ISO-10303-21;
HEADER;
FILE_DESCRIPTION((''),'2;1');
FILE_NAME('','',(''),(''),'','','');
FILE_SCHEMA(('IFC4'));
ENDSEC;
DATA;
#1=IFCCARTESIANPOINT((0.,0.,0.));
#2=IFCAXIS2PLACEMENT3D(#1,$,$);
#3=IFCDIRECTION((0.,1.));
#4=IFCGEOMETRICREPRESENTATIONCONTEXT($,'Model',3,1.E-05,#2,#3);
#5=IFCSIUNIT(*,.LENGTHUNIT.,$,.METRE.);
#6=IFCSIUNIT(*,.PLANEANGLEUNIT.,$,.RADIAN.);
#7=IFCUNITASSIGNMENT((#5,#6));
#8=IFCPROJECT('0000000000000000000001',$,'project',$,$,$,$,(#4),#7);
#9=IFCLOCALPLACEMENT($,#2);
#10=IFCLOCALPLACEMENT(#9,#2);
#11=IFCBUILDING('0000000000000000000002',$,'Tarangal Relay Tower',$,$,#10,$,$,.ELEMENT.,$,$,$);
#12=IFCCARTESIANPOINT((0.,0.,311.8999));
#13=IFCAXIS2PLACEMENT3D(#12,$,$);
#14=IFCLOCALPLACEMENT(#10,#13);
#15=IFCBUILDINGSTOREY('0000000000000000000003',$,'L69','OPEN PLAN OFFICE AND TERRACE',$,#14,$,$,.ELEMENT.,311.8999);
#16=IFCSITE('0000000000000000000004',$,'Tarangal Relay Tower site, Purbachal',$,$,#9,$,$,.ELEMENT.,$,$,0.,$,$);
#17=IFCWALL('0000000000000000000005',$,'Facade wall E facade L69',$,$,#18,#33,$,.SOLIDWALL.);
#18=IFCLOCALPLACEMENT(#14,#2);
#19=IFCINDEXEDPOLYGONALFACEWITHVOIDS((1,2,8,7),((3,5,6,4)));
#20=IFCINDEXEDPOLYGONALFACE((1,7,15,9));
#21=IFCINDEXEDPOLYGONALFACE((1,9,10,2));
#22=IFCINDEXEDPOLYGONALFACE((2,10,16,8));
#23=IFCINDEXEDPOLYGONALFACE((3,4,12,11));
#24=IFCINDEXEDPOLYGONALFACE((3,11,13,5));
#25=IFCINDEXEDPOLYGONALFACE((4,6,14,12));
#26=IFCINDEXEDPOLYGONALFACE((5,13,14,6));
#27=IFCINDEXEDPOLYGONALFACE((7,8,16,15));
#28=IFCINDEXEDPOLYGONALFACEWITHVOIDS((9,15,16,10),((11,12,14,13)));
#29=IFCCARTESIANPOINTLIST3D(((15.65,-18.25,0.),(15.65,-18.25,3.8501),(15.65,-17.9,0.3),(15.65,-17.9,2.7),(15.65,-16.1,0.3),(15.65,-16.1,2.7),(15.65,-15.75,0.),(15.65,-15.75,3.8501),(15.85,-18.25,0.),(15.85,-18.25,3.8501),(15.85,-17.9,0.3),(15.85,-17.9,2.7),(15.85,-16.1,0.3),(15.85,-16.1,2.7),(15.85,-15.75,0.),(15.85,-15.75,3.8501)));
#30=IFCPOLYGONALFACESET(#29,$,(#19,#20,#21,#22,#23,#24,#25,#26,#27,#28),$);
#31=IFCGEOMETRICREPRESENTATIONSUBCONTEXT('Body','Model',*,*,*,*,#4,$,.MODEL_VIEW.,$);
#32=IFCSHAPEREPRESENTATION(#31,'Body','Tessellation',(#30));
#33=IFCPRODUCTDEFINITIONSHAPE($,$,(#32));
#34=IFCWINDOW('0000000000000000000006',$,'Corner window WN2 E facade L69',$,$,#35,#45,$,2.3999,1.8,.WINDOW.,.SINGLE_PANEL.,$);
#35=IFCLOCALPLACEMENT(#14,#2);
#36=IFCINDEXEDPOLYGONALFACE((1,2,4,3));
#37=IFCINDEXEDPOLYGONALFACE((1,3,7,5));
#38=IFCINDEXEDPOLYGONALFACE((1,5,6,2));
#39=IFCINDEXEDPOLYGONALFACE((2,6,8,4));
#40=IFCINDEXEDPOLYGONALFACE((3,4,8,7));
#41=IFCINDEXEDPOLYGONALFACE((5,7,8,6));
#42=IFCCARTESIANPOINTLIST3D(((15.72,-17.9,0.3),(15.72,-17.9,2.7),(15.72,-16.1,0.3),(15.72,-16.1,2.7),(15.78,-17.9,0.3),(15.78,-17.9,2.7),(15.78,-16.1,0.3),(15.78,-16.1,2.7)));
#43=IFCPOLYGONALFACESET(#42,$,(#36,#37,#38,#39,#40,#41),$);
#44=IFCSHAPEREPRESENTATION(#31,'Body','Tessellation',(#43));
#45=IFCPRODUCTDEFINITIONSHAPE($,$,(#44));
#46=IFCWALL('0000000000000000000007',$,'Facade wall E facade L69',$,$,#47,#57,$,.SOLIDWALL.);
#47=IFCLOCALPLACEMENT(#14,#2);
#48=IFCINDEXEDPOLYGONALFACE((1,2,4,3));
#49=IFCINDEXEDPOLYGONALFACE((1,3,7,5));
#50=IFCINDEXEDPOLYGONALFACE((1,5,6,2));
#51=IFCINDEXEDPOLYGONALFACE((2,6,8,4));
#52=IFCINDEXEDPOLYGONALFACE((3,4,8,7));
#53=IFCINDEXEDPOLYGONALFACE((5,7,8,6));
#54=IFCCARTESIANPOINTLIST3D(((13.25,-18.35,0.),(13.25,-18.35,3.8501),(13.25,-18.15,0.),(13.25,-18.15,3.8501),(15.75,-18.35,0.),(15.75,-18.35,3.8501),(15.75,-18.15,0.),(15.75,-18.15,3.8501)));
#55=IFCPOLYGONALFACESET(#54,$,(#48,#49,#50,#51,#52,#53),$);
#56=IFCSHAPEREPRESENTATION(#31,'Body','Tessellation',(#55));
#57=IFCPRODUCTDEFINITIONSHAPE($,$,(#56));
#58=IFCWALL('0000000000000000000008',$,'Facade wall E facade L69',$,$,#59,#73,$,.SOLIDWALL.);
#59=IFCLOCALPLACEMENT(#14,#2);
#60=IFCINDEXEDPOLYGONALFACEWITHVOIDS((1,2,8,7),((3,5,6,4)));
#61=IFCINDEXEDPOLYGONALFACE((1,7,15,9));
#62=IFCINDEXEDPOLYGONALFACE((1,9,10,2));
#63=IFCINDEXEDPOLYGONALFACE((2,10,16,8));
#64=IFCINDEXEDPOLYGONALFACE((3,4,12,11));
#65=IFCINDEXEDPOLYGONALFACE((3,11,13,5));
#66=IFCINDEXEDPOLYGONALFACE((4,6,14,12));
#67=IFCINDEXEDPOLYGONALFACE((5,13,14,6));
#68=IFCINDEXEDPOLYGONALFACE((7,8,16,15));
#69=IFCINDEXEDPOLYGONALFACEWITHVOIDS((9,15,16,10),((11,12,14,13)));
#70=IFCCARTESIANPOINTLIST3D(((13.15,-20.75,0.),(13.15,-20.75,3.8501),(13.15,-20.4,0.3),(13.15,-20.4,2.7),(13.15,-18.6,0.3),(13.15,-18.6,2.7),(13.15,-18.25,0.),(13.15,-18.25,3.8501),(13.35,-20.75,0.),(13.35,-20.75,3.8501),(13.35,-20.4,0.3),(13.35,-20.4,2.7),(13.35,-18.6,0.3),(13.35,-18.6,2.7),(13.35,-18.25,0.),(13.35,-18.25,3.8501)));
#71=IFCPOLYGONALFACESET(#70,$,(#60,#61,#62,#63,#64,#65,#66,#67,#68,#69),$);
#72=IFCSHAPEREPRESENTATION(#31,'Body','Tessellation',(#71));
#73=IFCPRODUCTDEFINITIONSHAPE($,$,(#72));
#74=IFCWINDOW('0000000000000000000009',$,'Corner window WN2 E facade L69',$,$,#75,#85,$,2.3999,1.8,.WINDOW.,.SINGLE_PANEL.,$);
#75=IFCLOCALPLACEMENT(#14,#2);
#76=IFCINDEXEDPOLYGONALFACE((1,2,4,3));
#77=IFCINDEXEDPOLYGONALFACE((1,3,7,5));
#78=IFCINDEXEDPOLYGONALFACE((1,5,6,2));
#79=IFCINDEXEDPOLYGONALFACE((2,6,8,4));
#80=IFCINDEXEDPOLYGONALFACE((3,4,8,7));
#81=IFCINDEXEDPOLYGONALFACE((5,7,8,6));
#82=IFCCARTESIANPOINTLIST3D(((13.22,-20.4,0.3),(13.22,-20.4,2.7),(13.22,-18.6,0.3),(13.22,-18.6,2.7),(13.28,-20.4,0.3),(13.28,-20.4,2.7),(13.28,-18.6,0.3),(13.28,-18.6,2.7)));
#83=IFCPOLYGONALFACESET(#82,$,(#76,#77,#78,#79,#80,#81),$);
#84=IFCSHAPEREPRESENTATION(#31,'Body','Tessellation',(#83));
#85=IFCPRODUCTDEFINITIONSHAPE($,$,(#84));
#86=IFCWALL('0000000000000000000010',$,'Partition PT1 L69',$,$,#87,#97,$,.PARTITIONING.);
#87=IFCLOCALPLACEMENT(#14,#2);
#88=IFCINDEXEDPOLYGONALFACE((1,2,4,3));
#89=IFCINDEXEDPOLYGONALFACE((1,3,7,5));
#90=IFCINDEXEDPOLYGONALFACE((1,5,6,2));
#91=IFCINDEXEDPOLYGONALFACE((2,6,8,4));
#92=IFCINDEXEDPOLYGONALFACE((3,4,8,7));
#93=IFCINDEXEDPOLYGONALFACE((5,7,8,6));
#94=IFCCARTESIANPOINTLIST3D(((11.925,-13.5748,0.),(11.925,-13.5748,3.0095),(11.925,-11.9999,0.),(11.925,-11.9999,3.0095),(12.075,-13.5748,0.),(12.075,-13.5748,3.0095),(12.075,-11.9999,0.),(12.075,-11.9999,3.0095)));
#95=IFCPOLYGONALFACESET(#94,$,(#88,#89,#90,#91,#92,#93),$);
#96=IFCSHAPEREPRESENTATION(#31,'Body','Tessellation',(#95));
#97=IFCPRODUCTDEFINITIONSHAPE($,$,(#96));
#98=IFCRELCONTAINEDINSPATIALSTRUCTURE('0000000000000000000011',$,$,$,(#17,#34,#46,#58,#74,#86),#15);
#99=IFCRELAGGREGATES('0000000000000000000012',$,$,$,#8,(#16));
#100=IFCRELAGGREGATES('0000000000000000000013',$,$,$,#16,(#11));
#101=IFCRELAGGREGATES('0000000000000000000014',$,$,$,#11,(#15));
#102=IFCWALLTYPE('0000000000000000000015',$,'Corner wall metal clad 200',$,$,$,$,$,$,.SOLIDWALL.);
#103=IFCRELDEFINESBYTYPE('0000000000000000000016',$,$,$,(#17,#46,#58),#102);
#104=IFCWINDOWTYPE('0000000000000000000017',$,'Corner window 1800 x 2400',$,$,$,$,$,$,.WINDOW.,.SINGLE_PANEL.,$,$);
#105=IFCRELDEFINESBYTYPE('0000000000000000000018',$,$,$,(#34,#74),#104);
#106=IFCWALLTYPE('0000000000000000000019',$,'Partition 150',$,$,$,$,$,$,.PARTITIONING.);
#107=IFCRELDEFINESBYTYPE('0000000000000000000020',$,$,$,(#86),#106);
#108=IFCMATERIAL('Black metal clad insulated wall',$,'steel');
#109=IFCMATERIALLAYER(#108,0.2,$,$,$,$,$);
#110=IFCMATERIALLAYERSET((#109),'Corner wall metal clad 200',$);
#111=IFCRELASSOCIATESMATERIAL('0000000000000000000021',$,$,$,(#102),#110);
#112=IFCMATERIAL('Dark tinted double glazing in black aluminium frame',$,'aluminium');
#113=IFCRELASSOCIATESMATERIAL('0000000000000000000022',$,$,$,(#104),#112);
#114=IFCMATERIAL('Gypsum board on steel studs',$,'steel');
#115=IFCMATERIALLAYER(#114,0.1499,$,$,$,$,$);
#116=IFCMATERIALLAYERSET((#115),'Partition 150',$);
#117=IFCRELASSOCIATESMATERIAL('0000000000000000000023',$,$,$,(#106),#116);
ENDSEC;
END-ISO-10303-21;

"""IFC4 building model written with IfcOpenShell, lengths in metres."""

from ifc_helpers import new_model, si_unit, direction, frame, frame_2d, origin, place, context, subcontext, project, spatial, rectangle, extrude, material, layer, layer_set, type_object, element, fill, save


model = new_model("IFC4")

# Units and contexts
model_context = context("Model", 3, precision=1e-05, world=origin(), true_north=direction((0.0, 1.0)))
body_context = subcontext(model_context, "Body", "Model", "MODEL_VIEW")
ifc_project = project(units=[si_unit("LENGTHUNIT", "METRE"), si_unit("PLANEANGLEUNIT", "RADIAN")], contexts=[model_context])

# Site, building, storey
site_placement = place(None, origin())
site = spatial("IfcSite", under=ifc_project, at=site_placement, Name="Tarangal Relay Tower site, Purbachal", CompositionType="ELEMENT", RefElevation=0.0)
building_placement = place(site_placement, origin())
building = spatial("IfcBuilding", under=site, at=building_placement, Name="Tarangal Relay Tower", CompositionType="ELEMENT")
storey_placement = place(building_placement, frame((0.0, 0.0, 311.8999)))
storey = spatial("IfcBuildingStorey", under=building, at=storey_placement, Name="L69", Description="OPEN PLAN OFFICE AND TERRACE", CompositionType="ELEMENT", Elevation=311.8999)

# Shared definitions
ifc_material_1 = material(Name="Black metal clad insulated wall", Category="steel")
ifc_layer_1 = layer(ifc_material_1, 0.2)
ifc_layer_set_1 = layer_set([ifc_layer_1], Name="Corner wall metal clad 200")
wall_type_1 = type_object("IfcWallType", Name="Corner wall metal clad 200", PredefinedType="SOLIDWALL", material=ifc_layer_set_1)

# Shared definitions
ifc_material_2 = material(Name="Dark tinted double glazing in black aluminium frame", Category="aluminium")
window_type = type_object("IfcWindowType", Name="Corner window 1800 x 2400", PartitioningType="SINGLE_PANEL", PredefinedType="WINDOW", material=ifc_material_2)

# Wall, opening, window
wall_1_placement = place(storey_placement, frame((15.75, -15.75, 0.0), z_axis=(0.0, 0.0, 1.0), x_axis=(0.0, -1.0, 0.0)))
wall_1 = element("IfcWall", 1, at=wall_1_placement, inside=storey, type_object=wall_type_1, Name="Facade wall E facade L69", PredefinedType="SOLIDWALL", context=body_context, shape_type="SweptSolid", body=[
    extrude(rectangle(XDim=2.5, YDim=0.2, at=frame_2d((1.25, 0.0))), origin(), (0.0, 0.0, 1.0), 3.8501),
])
opening_1_placement = place(wall_1_placement, frame((0.3501, 0.0, 0.3)))
opening_1 = element("IfcOpeningElement", 2, at=opening_1_placement, cuts=wall_1, PredefinedType="OPENING", context=body_context, shape_type="SweptSolid", body=[
    extrude(rectangle(XDim=1.8, YDim=2.3999, at=frame_2d((0.8999, 1.2))), frame((0.0, 0.1099, 0.0), z_axis=(0.0, -1.0, 0.0), x_axis=(1.0, 0.0, 0.0)), (0.0, 0.0, 1.0), 0.22),
])
window_1_placement = place(opening_1_placement, origin())
window_1 = element("IfcWindow", 3, at=window_1_placement, inside=storey, type_object=window_type, Name="Corner window WN2 E facade L69", OverallHeight=2.3999, OverallWidth=1.8, PartitioningType="SINGLE_PANEL", PredefinedType="WINDOW", context=body_context, shape_type="SweptSolid", body=[
    extrude(rectangle(XDim=1.8, YDim=2.3999, at=frame_2d((0.8999, 1.2))), frame((0.0, 0.03, 0.0), z_axis=(0.0, -1.0, 0.0), x_axis=(1.0, 0.0, 0.0)), (0.0, 0.0, 1.0), 0.0601),
])
fill(opening_1, window_1)

# Wall
wall_2_placement = place(storey_placement, frame((15.75, -18.25, 0.0), z_axis=(0.0, 0.0, 1.0), x_axis=(-1.0, 0.0, 0.0)))
element("IfcWall", 4, at=wall_2_placement, inside=storey, type_object=wall_type_1, Name="Facade wall E facade L69", PredefinedType="SOLIDWALL", context=body_context, shape_type="SweptSolid", body=[
    extrude(rectangle(XDim=2.5, YDim=0.2, at=frame_2d((1.25, 0.0))), origin(), (0.0, 0.0, 1.0), 3.8501),
])

# Wall, opening, window
wall_3_placement = place(storey_placement, frame((13.25, -18.25, 0.0), z_axis=(0.0, 0.0, 1.0), x_axis=(0.0, -1.0, 0.0)))
wall_3 = element("IfcWall", 5, at=wall_3_placement, inside=storey, type_object=wall_type_1, Name="Facade wall E facade L69", PredefinedType="SOLIDWALL", context=body_context, shape_type="SweptSolid", body=[
    extrude(rectangle(XDim=2.5, YDim=0.2, at=frame_2d((1.25, 0.0))), origin(), (0.0, 0.0, 1.0), 3.8501),
])
opening_2_placement = place(wall_3_placement, frame((0.3501, 0.0, 0.3)))
opening_2 = element("IfcOpeningElement", 6, at=opening_2_placement, cuts=wall_3, PredefinedType="OPENING", context=body_context, shape_type="SweptSolid", body=[
    extrude(rectangle(XDim=1.8, YDim=2.3999, at=frame_2d((0.8999, 1.2))), frame((0.0, 0.1099, 0.0), z_axis=(0.0, -1.0, 0.0), x_axis=(1.0, 0.0, 0.0)), (0.0, 0.0, 1.0), 0.22),
])
window_2_placement = place(opening_2_placement, origin())
window_2 = element("IfcWindow", 7, at=window_2_placement, inside=storey, type_object=window_type, Name="Corner window WN2 E facade L69", OverallHeight=2.3999, OverallWidth=1.8, PartitioningType="SINGLE_PANEL", PredefinedType="WINDOW", context=body_context, shape_type="SweptSolid", body=[
    extrude(rectangle(XDim=1.8, YDim=2.3999, at=frame_2d((0.8999, 1.2))), frame((0.0, 0.03, 0.0), z_axis=(0.0, -1.0, 0.0), x_axis=(1.0, 0.0, 0.0)), (0.0, 0.0, 1.0), 0.0601),
])
fill(opening_2, window_2)

# Wall
ifc_material_3 = material(Name="Gypsum board on steel studs", Category="steel")
ifc_layer_2 = layer(ifc_material_3, 0.1499)
ifc_layer_set_2 = layer_set([ifc_layer_2], Name="Partition 150")
wall_type_2 = type_object("IfcWallType", Name="Partition 150", PredefinedType="PARTITIONING", material=ifc_layer_set_2)
wall_4_placement = place(storey_placement, frame((12.0, -13.575, 0.0), z_axis=(0.0, 0.0, 1.0), x_axis=(0.0, 1.0, 0.0)))
element("IfcWall", 8, at=wall_4_placement, inside=storey, type_object=wall_type_2, Name="Partition PT1 L69", PredefinedType="PARTITIONING", context=body_context, shape_type="SweptSolid", body=[
    extrude(rectangle(XDim=1.575, YDim=0.1499, at=frame_2d((0.7876, 0.0))), origin(), (0.0, 0.0, 1.0), 3.0095),
])

save(model, "model.ifc")
